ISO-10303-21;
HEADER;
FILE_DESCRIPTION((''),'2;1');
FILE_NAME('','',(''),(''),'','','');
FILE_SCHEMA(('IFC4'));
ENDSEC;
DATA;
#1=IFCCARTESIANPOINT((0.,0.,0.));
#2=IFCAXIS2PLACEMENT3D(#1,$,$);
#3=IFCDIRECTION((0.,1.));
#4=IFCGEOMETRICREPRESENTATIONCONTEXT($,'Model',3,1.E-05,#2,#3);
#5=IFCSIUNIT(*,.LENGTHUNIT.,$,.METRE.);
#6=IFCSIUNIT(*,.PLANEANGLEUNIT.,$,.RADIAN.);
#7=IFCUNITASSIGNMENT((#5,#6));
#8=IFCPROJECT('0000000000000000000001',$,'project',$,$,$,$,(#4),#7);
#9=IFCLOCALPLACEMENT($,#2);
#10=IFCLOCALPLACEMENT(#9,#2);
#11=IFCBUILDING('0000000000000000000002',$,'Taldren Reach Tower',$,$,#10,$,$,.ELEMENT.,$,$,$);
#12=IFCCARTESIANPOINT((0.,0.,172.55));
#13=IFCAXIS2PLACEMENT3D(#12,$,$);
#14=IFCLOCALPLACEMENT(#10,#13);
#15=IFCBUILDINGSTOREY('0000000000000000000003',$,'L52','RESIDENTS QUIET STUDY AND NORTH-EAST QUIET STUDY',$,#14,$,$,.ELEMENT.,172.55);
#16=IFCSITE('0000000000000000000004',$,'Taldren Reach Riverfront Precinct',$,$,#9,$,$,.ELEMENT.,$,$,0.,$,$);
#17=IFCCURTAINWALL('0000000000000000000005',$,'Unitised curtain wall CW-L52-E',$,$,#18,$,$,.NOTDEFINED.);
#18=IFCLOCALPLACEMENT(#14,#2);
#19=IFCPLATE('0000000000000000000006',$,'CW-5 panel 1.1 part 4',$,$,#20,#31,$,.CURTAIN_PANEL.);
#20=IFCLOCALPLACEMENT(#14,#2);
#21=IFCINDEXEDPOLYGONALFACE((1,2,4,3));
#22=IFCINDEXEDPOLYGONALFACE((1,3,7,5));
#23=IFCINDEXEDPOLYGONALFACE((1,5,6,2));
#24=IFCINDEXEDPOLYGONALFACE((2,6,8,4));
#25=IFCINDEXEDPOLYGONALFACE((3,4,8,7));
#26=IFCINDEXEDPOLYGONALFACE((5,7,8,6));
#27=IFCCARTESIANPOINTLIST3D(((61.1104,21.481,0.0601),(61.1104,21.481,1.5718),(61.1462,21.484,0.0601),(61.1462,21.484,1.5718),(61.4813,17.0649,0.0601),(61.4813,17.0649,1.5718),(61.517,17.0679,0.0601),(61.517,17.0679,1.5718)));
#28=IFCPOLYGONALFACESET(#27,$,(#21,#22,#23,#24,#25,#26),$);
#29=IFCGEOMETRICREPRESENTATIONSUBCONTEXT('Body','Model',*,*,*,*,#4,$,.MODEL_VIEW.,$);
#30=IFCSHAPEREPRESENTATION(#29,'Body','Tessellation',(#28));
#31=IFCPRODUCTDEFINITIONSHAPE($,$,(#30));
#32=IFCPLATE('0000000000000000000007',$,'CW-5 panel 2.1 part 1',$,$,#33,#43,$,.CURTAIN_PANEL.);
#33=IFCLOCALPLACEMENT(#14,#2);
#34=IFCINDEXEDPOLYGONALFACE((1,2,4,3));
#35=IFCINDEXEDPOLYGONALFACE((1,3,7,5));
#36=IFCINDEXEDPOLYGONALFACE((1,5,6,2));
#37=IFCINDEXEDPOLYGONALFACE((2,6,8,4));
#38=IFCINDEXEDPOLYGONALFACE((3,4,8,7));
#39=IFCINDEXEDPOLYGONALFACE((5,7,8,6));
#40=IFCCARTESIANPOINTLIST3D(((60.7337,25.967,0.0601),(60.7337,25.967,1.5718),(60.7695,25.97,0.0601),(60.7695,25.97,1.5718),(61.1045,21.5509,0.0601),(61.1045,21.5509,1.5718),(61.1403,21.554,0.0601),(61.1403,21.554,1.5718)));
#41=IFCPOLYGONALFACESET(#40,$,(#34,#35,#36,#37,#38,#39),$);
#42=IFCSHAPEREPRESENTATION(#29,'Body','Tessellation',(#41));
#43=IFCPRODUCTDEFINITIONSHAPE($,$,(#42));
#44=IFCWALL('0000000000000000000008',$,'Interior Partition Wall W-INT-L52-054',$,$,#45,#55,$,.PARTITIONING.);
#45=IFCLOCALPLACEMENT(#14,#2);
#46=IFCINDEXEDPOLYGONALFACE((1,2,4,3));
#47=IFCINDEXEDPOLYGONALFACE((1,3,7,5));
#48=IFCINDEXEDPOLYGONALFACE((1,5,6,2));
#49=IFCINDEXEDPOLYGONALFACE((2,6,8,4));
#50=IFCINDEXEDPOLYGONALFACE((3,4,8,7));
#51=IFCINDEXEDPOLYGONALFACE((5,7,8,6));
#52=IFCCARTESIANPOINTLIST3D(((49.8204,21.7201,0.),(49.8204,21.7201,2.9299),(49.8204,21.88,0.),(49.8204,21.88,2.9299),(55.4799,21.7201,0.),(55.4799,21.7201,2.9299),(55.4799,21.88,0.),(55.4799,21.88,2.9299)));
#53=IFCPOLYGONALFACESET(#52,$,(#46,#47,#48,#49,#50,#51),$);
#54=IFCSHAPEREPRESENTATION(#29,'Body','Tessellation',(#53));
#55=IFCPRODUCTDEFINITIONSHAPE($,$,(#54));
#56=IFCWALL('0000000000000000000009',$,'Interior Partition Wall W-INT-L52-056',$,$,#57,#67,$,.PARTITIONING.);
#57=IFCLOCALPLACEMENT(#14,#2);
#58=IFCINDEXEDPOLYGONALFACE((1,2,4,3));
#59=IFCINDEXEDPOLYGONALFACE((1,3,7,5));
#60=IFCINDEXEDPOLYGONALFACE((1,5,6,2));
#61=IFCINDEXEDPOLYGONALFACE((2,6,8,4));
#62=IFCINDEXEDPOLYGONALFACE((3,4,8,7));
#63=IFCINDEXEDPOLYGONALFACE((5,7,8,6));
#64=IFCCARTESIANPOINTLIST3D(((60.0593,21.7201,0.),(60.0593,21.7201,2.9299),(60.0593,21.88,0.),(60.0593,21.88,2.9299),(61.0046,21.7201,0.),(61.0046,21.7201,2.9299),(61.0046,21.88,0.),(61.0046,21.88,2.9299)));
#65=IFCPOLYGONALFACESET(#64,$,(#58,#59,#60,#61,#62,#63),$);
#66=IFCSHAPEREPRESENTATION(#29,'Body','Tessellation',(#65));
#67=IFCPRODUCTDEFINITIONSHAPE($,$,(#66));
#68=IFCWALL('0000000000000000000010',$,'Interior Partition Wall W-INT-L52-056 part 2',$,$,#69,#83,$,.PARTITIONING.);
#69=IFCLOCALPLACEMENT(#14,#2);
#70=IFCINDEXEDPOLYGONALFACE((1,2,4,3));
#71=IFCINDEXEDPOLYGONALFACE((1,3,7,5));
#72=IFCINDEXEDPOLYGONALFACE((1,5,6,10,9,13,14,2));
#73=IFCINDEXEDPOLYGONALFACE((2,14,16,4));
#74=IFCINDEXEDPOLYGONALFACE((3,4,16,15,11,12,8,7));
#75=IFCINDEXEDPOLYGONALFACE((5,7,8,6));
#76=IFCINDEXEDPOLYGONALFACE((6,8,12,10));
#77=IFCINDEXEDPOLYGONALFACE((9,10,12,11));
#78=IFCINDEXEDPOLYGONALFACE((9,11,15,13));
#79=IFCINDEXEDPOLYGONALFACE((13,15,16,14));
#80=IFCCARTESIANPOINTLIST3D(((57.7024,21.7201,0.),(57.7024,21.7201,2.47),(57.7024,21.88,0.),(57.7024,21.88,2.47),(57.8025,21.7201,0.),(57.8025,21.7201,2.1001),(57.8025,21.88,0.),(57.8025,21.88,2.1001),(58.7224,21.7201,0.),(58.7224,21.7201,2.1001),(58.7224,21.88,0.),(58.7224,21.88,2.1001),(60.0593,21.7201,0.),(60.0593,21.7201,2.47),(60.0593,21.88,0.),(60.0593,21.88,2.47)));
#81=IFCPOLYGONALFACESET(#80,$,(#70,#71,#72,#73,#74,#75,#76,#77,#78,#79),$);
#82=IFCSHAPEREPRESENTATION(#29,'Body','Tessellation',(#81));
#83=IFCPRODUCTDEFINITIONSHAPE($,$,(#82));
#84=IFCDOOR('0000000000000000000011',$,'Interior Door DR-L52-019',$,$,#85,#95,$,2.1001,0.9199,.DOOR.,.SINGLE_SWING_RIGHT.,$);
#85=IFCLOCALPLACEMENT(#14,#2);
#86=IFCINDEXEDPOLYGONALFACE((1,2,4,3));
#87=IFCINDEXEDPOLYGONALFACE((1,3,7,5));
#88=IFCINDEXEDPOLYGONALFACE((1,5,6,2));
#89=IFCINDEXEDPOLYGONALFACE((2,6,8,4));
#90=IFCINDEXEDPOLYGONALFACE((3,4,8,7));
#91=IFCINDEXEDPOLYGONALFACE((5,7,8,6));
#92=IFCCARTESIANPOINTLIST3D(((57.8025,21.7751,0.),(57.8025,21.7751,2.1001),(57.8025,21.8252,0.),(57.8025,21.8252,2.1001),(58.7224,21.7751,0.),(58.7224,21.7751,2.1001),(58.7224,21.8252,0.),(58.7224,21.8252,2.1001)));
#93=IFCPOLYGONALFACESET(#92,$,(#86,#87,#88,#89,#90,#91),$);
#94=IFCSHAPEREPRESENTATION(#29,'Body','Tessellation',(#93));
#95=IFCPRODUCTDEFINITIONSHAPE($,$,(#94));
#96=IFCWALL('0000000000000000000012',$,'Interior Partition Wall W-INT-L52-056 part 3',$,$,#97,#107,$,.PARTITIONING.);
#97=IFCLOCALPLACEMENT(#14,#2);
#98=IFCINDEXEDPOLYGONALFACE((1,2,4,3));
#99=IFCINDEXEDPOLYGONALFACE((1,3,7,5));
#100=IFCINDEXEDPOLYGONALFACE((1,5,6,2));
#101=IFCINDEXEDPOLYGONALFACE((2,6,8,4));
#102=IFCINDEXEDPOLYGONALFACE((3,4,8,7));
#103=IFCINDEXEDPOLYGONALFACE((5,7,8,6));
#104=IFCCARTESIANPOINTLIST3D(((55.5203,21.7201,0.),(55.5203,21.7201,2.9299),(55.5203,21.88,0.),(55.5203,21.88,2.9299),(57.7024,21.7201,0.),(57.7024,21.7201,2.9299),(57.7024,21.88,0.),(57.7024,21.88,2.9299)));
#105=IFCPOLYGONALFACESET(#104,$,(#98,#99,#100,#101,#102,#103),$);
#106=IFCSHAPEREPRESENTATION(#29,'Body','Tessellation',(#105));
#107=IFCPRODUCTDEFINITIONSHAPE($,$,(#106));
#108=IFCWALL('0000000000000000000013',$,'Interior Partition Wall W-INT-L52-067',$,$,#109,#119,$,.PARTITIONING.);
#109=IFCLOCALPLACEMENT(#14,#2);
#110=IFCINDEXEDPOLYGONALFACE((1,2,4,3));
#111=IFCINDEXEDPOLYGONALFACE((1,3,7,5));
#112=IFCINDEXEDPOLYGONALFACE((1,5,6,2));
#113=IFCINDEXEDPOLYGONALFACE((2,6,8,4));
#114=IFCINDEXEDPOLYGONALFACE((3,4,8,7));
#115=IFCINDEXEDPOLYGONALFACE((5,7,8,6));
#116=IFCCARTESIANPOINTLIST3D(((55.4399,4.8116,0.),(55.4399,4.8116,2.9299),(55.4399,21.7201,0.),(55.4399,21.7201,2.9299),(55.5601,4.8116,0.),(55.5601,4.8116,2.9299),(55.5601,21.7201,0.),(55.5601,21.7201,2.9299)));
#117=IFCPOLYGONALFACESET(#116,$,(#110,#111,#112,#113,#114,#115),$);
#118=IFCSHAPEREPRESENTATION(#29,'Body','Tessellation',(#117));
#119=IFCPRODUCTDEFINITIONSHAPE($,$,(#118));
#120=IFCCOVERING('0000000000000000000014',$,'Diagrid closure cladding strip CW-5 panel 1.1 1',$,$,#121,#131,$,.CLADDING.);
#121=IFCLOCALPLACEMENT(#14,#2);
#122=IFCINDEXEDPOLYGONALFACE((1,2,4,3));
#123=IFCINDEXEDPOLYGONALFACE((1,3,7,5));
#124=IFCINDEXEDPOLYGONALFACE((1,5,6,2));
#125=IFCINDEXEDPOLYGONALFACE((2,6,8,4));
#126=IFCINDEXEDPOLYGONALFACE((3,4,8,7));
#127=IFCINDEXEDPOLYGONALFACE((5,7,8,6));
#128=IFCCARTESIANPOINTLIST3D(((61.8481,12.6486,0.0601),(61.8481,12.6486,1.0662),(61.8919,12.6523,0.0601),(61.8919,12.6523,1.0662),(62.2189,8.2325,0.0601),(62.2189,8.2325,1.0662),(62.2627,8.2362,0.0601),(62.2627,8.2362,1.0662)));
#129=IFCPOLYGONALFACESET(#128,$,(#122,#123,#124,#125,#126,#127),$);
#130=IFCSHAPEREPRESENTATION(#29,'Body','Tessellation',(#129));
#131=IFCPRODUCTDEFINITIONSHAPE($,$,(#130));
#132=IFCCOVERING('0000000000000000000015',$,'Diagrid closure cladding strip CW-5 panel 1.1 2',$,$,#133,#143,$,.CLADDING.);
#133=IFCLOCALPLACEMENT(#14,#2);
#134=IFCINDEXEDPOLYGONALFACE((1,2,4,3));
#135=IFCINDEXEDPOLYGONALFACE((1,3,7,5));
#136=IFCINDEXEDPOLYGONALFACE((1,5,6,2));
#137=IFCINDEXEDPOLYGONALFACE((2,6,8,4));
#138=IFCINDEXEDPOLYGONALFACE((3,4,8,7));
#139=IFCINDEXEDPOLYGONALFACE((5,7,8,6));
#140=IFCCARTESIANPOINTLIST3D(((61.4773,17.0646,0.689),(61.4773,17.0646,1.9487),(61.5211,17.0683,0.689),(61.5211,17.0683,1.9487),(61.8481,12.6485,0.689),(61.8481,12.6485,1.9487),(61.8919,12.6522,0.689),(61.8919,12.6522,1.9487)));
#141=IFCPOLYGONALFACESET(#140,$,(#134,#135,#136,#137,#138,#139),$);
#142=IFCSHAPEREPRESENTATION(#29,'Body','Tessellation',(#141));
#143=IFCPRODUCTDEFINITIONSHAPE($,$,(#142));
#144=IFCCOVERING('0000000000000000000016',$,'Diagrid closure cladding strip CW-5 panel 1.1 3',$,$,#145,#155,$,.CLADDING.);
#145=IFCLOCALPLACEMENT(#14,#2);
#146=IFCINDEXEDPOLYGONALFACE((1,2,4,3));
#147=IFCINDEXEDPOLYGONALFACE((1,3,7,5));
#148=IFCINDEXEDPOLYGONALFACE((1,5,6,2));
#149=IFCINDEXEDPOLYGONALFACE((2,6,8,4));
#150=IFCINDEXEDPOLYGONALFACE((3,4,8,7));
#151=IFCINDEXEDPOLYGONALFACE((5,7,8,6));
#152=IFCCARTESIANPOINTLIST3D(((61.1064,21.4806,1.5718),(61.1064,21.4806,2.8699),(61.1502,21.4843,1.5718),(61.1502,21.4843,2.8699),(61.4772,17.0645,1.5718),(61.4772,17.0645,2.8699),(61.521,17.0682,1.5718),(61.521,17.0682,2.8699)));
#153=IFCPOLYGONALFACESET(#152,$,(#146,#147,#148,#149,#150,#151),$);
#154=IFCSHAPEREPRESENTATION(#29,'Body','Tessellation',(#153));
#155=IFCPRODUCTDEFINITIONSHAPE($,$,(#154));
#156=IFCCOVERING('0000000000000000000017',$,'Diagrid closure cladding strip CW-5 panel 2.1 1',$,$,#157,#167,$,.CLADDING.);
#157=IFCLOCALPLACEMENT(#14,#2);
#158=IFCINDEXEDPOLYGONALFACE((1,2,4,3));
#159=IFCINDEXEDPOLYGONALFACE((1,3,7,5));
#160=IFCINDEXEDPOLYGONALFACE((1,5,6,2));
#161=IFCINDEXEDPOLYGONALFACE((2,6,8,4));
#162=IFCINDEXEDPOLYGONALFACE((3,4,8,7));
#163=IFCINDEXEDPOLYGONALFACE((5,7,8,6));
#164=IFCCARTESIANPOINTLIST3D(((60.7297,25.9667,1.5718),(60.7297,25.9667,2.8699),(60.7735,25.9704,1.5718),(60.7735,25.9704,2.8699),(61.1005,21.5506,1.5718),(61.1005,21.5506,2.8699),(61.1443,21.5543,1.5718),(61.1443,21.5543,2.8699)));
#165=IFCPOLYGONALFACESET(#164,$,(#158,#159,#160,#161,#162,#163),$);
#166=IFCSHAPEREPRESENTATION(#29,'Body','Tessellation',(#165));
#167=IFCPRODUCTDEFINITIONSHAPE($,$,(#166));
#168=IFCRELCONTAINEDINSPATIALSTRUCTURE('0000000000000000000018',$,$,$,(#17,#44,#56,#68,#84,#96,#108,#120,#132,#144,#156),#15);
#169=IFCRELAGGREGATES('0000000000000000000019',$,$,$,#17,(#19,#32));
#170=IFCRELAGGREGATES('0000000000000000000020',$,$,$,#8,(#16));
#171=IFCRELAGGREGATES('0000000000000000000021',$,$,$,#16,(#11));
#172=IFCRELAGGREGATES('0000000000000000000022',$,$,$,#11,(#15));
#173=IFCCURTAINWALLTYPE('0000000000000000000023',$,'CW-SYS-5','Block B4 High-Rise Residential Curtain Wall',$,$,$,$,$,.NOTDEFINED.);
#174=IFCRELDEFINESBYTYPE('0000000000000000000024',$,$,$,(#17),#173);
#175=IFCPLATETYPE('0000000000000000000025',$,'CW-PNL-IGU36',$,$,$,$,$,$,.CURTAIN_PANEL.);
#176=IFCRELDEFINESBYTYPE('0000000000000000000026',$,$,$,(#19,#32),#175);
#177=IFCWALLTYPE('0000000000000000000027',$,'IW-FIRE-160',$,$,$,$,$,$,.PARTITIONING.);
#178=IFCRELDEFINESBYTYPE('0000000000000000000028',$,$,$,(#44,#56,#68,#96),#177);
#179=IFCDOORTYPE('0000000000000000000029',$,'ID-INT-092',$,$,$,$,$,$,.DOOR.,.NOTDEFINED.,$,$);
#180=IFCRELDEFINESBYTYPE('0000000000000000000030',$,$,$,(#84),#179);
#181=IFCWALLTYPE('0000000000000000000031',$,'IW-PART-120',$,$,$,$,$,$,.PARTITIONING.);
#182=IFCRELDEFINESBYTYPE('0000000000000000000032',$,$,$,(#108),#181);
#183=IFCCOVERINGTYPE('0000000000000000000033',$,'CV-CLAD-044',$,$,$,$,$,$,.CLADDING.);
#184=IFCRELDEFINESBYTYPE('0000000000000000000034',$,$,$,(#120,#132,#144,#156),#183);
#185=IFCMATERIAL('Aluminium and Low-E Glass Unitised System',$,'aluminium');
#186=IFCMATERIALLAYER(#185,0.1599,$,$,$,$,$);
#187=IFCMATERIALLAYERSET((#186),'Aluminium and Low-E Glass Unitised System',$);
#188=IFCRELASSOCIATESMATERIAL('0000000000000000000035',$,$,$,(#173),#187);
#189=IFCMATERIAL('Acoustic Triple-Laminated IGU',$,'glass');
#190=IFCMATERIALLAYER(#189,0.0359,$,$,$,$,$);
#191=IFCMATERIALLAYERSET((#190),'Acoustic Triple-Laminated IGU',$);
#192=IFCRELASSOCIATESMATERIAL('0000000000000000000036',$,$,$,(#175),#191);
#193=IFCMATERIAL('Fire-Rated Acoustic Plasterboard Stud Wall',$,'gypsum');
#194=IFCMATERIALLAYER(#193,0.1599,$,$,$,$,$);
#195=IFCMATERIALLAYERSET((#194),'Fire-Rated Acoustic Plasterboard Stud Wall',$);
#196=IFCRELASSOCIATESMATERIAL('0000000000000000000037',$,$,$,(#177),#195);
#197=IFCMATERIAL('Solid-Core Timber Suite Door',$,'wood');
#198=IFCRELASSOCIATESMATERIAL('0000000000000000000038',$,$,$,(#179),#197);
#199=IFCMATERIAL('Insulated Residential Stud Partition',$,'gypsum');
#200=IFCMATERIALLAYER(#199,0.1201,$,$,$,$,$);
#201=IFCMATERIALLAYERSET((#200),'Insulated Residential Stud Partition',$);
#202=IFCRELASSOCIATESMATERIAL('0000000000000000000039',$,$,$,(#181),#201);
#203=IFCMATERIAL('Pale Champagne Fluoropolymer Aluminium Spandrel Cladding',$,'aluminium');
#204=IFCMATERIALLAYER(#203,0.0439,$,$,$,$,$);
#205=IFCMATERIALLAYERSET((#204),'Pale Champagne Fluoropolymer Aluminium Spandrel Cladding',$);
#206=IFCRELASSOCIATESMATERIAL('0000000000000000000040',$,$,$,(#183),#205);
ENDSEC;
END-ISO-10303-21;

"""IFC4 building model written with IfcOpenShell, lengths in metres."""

from ifc_helpers import new_model, si_unit, direction, frame, frame_2d, origin, origin_2d, place, context, subcontext, project, spatial, rectangle, extrude, source, transform, mapped, material, layer, layer_set, type_object, element, fill, aggregate, save


model = new_model("IFC4")

# Units and contexts
model_context = context("Model", 3, precision=1e-05, world=origin(), true_north=direction((0.0, 1.0)))
body_context = subcontext(model_context, "Body", "Model", "MODEL_VIEW")
ifc_project = project(units=[si_unit("LENGTHUNIT", "METRE"), si_unit("PLANEANGLEUNIT", "RADIAN")], contexts=[model_context])

# Site, building, storey
site_placement = place(None, origin())
site = spatial("IfcSite", under=ifc_project, at=site_placement, Name="Taldren Reach Riverfront Precinct", CompositionType="ELEMENT", RefElevation=0.0)
building_placement = place(site_placement, origin())
building = spatial("IfcBuilding", under=site, at=building_placement, Name="Taldren Reach Tower", CompositionType="ELEMENT")
storey_placement = place(building_placement, frame((0.0, 0.0, 172.55)))
storey = spatial("IfcBuildingStorey", under=building, at=storey_placement, Name="L52", Description="RESIDENTS QUIET STUDY AND NORTH-EAST QUIET STUDY", CompositionType="ELEMENT", Elevation=172.55)

# Curtain wall
ifc_material_1 = material(Name="Aluminium and Low-E Glass Unitised System", Category="aluminium")
ifc_layer_1 = layer(ifc_material_1, 0.1599)
ifc_layer_set_1 = layer_set([ifc_layer_1], Name="Aluminium and Low-E Glass Unitised System")
curtain_wall_type = type_object("IfcCurtainWallType", Name="CW-SYS-5", Description="Block B4 High-Rise Residential Curtain Wall", PredefinedType="NOTDEFINED", material=ifc_layer_set_1)
curtain_wall_placement = place(storey_placement, origin())
curtain_wall = element("IfcCurtainWall", 1, at=curtain_wall_placement, inside=storey, type_object=curtain_wall_type, Name="Unitised curtain wall CW-L52-E", PredefinedType="NOTDEFINED")

# Plates
ifc_material_2 = material(Name="Acoustic Triple-Laminated IGU", Category="glass")
ifc_layer_2 = layer(ifc_material_2, 0.0359)
ifc_layer_set_2 = layer_set([ifc_layer_2], Name="Acoustic Triple-Laminated IGU")
plate_type_1 = type_object("IfcPlateType", Name="CW-PNL-IGU36", PredefinedType="CURTAIN_PANEL", material=ifc_layer_set_2)
shared_shape_1 = source(origin(), body_context, "Body", "SweptSolid", [
    extrude(rectangle(XDim=4.4316, YDim=0.0359, at=origin_2d()), origin(), (0.0, 0.0, 1.0), 1.5117),
])
plate_1_placement = place(storey_placement, frame((61.3137, 19.2744, 0.0601), z_axis=(0.0, 0.0, 1.0), x_axis=(-0.083678, 0.996493, 0.0)))
plate_1 = element("IfcPlate", 2, at=plate_1_placement, type_object=plate_type_1, Name="CW-5 panel 1.1 part 4", PredefinedType="CURTAIN_PANEL", context=body_context, shape_type="MappedRepresentation", body=[
    mapped(shared_shape_1, transform((0.0, 0.0, 0.0), scale=1.0)),
])
plate_2_placement = place(storey_placement, frame((60.937, 23.7605, 0.0601), z_axis=(0.0, 0.0, 1.0), x_axis=(-0.083678, 0.996493, 0.0)))
plate_2 = element("IfcPlate", 3, at=plate_2_placement, type_object=plate_type_1, Name="CW-5 panel 2.1 part 1", PredefinedType="CURTAIN_PANEL", context=body_context, shape_type="MappedRepresentation", body=[
    mapped(shared_shape_1, transform((0.0, 0.0, 0.0), scale=1.0)),
])
aggregate(curtain_wall, [plate_1, plate_2])

# Walls
ifc_material_3 = material(Name="Fire-Rated Acoustic Plasterboard Stud Wall", Category="gypsum")
ifc_layer_3 = layer(ifc_material_3, 0.1599)
ifc_layer_set_3 = layer_set([ifc_layer_3], Name="Fire-Rated Acoustic Plasterboard Stud Wall")
wall_type_1 = type_object("IfcWallType", Name="IW-FIRE-160", PredefinedType="PARTITIONING", material=ifc_layer_set_3)
shared_shape_2 = source(origin(), body_context, "Body", "SweptSolid", [
    extrude(rectangle(XDim=5.6594, YDim=0.1599, at=frame_2d((2.8296, 0.0))), origin(), (0.0, 0.0, 1.0), 2.9299),
])
wall_1_placement = place(storey_placement, frame((55.4797, 21.8, 0.0), z_axis=(0.0, 0.0, 1.0), x_axis=(-1.0, 0.0, 0.0)))
element("IfcWall", 4, at=wall_1_placement, inside=storey, type_object=wall_type_1, Name="Interior Partition Wall W-INT-L52-054", PredefinedType="PARTITIONING", context=body_context, shape_type="MappedRepresentation", body=[
    mapped(shared_shape_2, transform((0.0, 0.0, 0.0), scale=1.0)),
])
shared_shape_3 = source(origin(), body_context, "Body", "SweptSolid", [
    extrude(rectangle(XDim=0.9453, YDim=0.1599, at=frame_2d((0.4727, 0.0))), origin(), (0.0, 0.0, 1.0), 2.9299),
])
wall_2_placement = place(storey_placement, frame((61.0046, 21.8, 0.0), z_axis=(0.0, 0.0, 1.0), x_axis=(-1.0, 0.0, 0.0)))
element("IfcWall", 5, at=wall_2_placement, inside=storey, type_object=wall_type_1, Name="Interior Partition Wall W-INT-L52-056", PredefinedType="PARTITIONING", context=body_context, shape_type="MappedRepresentation", body=[
    mapped(shared_shape_3, transform((0.0, 0.0, 0.0), scale=1.0)),
])

# Wall, opening, door
shared_shape_4 = source(origin(), body_context, "Body", "SweptSolid", [
    extrude(rectangle(XDim=2.3569, YDim=0.1599, at=frame_2d((1.1785, 0.0))), origin(), (0.0, 0.0, 1.0), 2.47),
])
wall_3_placement = place(storey_placement, frame((60.0593, 21.8, 0.0), z_axis=(0.0, 0.0, 1.0), x_axis=(-1.0, 0.0, 0.0)))
wall_3 = element("IfcWall", 6, at=wall_3_placement, inside=storey, type_object=wall_type_1, Name="Interior Partition Wall W-INT-L52-056 part 2", PredefinedType="PARTITIONING", context=body_context, shape_type="MappedRepresentation", body=[
    mapped(shared_shape_4, transform((0.0, 0.0, 0.0), scale=1.0)),
])
shared_shape_5 = source(origin(), body_context, "Body", "SweptSolid", [
    extrude(rectangle(XDim=0.9199, YDim=2.1001, at=frame_2d((0.46, 1.05))), frame((0.0, 0.0898, 0.0), z_axis=(0.0, -1.0, 0.0), x_axis=(1.0, 0.0, 0.0)), (0.0, 0.0, 1.0), 0.1799),
])
opening_placement = place(wall_3_placement, frame((1.3369, 0.0, 0.0)))
opening = element("IfcOpeningElement", 7, at=opening_placement, cuts=wall_3, PredefinedType="OPENING", context=body_context, shape_type="MappedRepresentation", body=[
    mapped(shared_shape_5, transform((0.0, 0.0, 0.0), scale=1.0)),
])
ifc_material_4 = material(Name="Solid-Core Timber Suite Door", Category="wood")
door_type = type_object("IfcDoorType", Name="ID-INT-092", OperationType="NOTDEFINED", PredefinedType="DOOR", material=ifc_material_4)
shared_shape_6 = source(origin(), body_context, "Body", "SweptSolid", [
    extrude(rectangle(XDim=0.9199, YDim=2.1001, at=frame_2d((0.46, 1.05))), frame((0.0, 0.0249, 0.0), z_axis=(0.0, -1.0, 0.0), x_axis=(1.0, 0.0, 0.0)), (0.0, 0.0, 1.0), 0.05),
])
door_placement = place(opening_placement, origin())
door = element("IfcDoor", 8, at=door_placement, inside=storey, type_object=door_type, Name="Interior Door DR-L52-019", OperationType="SINGLE_SWING_RIGHT", OverallHeight=2.1001, OverallWidth=0.9199, PredefinedType="DOOR", context=body_context, shape_type="MappedRepresentation", body=[
    mapped(shared_shape_6, transform((0.0, 0.0, 0.0), scale=1.0)),
])
fill(opening, door)

# Walls
shared_shape_7 = source(origin(), body_context, "Body", "SweptSolid", [
    extrude(rectangle(XDim=2.1821, YDim=0.1599, at=frame_2d((1.0911, 0.0))), origin(), (0.0, 0.0, 1.0), 2.9299),
])
wall_4_placement = place(storey_placement, frame((57.7024, 21.8, 0.0), z_axis=(0.0, 0.0, 1.0), x_axis=(-1.0, 0.0, 0.0)))
element("IfcWall", 9, at=wall_4_placement, inside=storey, type_object=wall_type_1, Name="Interior Partition Wall W-INT-L52-056 part 3", PredefinedType="PARTITIONING", context=body_context, shape_type="MappedRepresentation", body=[
    mapped(shared_shape_7, transform((0.0, 0.0, 0.0), scale=1.0)),
])
ifc_material_5 = material(Name="Insulated Residential Stud Partition", Category="gypsum")
ifc_layer_4 = layer(ifc_material_5, 0.1201)
ifc_layer_set_4 = layer_set([ifc_layer_4], Name="Insulated Residential Stud Partition")
wall_type_2 = type_object("IfcWallType", Name="IW-PART-120", PredefinedType="PARTITIONING", material=ifc_layer_set_4)
shared_shape_8 = source(origin(), body_context, "Body", "SweptSolid", [
    extrude(rectangle(XDim=16.9084, YDim=0.1201, at=frame_2d((8.4541, 0.0))), origin(), (0.0, 0.0, 1.0), 2.9299),
])
wall_5_placement = place(storey_placement, frame((55.5, 21.72, 0.0), z_axis=(0.0, 0.0, 1.0), x_axis=(0.0, -1.0, 0.0)))
element("IfcWall", 10, at=wall_5_placement, inside=storey, type_object=wall_type_2, Name="Interior Partition Wall W-INT-L52-067", PredefinedType="PARTITIONING", context=body_context, shape_type="MappedRepresentation", body=[
    mapped(shared_shape_8, transform((0.0, 0.0, 0.0), scale=1.0)),
])

# Coverings
ifc_material_6 = material(Name="Pale Champagne Fluoropolymer Aluminium Spandrel Cladding", Category="aluminium")
ifc_layer_5 = layer(ifc_material_6, 0.0439)
ifc_layer_set_5 = layer_set([ifc_layer_5], Name="Pale Champagne Fluoropolymer Aluminium Spandrel Cladding")
covering_type = type_object("IfcCoveringType", Name="CV-CLAD-044", PredefinedType="CLADDING", material=ifc_layer_set_5)
shared_shape_9 = source(origin(), body_context, "Body", "SweptSolid", [
    extrude(rectangle(XDim=4.4316, YDim=0.0439, at=origin_2d()), origin(), (0.0, 0.0, 1.0), 1.0061),
])
covering_1_placement = place(storey_placement, frame((62.0554, 10.4424, 0.0601), z_axis=(0.0, 0.0, 1.0), x_axis=(-0.083678, 0.996493, 0.0)))
element("IfcCovering", 11, at=covering_1_placement, inside=storey, type_object=covering_type, Name="Diagrid closure cladding strip CW-5 panel 1.1 1", PredefinedType="CLADDING", context=body_context, shape_type="MappedRepresentation", body=[
    mapped(shared_shape_9, transform((0.0, 0.0, 0.0), scale=1.0)),
])
shared_shape_10 = source(origin(), body_context, "Body", "SweptSolid", [
    extrude(rectangle(XDim=4.4316, YDim=0.0439, at=origin_2d()), origin(), (0.0, 0.0, 1.0), 1.2598),
])
covering_2_placement = place(storey_placement, frame((61.6846, 14.8584, 0.689), z_axis=(0.0, 0.0, 1.0), x_axis=(-0.083678, 0.996493, 0.0)))
element("IfcCovering", 12, at=covering_2_placement, inside=storey, type_object=covering_type, Name="Diagrid closure cladding strip CW-5 panel 1.1 2", PredefinedType="CLADDING", context=body_context, shape_type="MappedRepresentation", body=[
    mapped(shared_shape_10, transform((0.0, 0.0, 0.0), scale=1.0)),
])
shared_shape_11 = source(origin(), body_context, "Body", "SweptSolid", [
    extrude(rectangle(XDim=4.4316, YDim=0.0439, at=origin_2d()), origin(), (0.0, 0.0, 1.0), 1.2981),
])
for number, where, z_axis, x_axis, name in (
    (13, (61.3137, 19.2744, 1.5718), (0.0, 0.0, 1.0), (-0.083678, 0.996493, 0.0), "Diagrid closure cladding strip CW-5 panel 1.1 3"),
    (14, (60.937, 23.7605, 1.5718), (0.0, 0.0, 1.0), (-0.083678, 0.996493, 0.0), "Diagrid closure cladding strip CW-5 panel 2.1 1"),
):
    element("IfcCovering", number, at=place(storey_placement, frame(where, z_axis=z_axis, x_axis=x_axis)), inside=storey, type_object=covering_type, Name=name, PredefinedType="CLADDING", context=body_context, shape_type="MappedRepresentation", body=[
        mapped(shared_shape_11, transform((0.0, 0.0, 0.0), scale=1.0)),
    ])

save(model, "model.ifc")
